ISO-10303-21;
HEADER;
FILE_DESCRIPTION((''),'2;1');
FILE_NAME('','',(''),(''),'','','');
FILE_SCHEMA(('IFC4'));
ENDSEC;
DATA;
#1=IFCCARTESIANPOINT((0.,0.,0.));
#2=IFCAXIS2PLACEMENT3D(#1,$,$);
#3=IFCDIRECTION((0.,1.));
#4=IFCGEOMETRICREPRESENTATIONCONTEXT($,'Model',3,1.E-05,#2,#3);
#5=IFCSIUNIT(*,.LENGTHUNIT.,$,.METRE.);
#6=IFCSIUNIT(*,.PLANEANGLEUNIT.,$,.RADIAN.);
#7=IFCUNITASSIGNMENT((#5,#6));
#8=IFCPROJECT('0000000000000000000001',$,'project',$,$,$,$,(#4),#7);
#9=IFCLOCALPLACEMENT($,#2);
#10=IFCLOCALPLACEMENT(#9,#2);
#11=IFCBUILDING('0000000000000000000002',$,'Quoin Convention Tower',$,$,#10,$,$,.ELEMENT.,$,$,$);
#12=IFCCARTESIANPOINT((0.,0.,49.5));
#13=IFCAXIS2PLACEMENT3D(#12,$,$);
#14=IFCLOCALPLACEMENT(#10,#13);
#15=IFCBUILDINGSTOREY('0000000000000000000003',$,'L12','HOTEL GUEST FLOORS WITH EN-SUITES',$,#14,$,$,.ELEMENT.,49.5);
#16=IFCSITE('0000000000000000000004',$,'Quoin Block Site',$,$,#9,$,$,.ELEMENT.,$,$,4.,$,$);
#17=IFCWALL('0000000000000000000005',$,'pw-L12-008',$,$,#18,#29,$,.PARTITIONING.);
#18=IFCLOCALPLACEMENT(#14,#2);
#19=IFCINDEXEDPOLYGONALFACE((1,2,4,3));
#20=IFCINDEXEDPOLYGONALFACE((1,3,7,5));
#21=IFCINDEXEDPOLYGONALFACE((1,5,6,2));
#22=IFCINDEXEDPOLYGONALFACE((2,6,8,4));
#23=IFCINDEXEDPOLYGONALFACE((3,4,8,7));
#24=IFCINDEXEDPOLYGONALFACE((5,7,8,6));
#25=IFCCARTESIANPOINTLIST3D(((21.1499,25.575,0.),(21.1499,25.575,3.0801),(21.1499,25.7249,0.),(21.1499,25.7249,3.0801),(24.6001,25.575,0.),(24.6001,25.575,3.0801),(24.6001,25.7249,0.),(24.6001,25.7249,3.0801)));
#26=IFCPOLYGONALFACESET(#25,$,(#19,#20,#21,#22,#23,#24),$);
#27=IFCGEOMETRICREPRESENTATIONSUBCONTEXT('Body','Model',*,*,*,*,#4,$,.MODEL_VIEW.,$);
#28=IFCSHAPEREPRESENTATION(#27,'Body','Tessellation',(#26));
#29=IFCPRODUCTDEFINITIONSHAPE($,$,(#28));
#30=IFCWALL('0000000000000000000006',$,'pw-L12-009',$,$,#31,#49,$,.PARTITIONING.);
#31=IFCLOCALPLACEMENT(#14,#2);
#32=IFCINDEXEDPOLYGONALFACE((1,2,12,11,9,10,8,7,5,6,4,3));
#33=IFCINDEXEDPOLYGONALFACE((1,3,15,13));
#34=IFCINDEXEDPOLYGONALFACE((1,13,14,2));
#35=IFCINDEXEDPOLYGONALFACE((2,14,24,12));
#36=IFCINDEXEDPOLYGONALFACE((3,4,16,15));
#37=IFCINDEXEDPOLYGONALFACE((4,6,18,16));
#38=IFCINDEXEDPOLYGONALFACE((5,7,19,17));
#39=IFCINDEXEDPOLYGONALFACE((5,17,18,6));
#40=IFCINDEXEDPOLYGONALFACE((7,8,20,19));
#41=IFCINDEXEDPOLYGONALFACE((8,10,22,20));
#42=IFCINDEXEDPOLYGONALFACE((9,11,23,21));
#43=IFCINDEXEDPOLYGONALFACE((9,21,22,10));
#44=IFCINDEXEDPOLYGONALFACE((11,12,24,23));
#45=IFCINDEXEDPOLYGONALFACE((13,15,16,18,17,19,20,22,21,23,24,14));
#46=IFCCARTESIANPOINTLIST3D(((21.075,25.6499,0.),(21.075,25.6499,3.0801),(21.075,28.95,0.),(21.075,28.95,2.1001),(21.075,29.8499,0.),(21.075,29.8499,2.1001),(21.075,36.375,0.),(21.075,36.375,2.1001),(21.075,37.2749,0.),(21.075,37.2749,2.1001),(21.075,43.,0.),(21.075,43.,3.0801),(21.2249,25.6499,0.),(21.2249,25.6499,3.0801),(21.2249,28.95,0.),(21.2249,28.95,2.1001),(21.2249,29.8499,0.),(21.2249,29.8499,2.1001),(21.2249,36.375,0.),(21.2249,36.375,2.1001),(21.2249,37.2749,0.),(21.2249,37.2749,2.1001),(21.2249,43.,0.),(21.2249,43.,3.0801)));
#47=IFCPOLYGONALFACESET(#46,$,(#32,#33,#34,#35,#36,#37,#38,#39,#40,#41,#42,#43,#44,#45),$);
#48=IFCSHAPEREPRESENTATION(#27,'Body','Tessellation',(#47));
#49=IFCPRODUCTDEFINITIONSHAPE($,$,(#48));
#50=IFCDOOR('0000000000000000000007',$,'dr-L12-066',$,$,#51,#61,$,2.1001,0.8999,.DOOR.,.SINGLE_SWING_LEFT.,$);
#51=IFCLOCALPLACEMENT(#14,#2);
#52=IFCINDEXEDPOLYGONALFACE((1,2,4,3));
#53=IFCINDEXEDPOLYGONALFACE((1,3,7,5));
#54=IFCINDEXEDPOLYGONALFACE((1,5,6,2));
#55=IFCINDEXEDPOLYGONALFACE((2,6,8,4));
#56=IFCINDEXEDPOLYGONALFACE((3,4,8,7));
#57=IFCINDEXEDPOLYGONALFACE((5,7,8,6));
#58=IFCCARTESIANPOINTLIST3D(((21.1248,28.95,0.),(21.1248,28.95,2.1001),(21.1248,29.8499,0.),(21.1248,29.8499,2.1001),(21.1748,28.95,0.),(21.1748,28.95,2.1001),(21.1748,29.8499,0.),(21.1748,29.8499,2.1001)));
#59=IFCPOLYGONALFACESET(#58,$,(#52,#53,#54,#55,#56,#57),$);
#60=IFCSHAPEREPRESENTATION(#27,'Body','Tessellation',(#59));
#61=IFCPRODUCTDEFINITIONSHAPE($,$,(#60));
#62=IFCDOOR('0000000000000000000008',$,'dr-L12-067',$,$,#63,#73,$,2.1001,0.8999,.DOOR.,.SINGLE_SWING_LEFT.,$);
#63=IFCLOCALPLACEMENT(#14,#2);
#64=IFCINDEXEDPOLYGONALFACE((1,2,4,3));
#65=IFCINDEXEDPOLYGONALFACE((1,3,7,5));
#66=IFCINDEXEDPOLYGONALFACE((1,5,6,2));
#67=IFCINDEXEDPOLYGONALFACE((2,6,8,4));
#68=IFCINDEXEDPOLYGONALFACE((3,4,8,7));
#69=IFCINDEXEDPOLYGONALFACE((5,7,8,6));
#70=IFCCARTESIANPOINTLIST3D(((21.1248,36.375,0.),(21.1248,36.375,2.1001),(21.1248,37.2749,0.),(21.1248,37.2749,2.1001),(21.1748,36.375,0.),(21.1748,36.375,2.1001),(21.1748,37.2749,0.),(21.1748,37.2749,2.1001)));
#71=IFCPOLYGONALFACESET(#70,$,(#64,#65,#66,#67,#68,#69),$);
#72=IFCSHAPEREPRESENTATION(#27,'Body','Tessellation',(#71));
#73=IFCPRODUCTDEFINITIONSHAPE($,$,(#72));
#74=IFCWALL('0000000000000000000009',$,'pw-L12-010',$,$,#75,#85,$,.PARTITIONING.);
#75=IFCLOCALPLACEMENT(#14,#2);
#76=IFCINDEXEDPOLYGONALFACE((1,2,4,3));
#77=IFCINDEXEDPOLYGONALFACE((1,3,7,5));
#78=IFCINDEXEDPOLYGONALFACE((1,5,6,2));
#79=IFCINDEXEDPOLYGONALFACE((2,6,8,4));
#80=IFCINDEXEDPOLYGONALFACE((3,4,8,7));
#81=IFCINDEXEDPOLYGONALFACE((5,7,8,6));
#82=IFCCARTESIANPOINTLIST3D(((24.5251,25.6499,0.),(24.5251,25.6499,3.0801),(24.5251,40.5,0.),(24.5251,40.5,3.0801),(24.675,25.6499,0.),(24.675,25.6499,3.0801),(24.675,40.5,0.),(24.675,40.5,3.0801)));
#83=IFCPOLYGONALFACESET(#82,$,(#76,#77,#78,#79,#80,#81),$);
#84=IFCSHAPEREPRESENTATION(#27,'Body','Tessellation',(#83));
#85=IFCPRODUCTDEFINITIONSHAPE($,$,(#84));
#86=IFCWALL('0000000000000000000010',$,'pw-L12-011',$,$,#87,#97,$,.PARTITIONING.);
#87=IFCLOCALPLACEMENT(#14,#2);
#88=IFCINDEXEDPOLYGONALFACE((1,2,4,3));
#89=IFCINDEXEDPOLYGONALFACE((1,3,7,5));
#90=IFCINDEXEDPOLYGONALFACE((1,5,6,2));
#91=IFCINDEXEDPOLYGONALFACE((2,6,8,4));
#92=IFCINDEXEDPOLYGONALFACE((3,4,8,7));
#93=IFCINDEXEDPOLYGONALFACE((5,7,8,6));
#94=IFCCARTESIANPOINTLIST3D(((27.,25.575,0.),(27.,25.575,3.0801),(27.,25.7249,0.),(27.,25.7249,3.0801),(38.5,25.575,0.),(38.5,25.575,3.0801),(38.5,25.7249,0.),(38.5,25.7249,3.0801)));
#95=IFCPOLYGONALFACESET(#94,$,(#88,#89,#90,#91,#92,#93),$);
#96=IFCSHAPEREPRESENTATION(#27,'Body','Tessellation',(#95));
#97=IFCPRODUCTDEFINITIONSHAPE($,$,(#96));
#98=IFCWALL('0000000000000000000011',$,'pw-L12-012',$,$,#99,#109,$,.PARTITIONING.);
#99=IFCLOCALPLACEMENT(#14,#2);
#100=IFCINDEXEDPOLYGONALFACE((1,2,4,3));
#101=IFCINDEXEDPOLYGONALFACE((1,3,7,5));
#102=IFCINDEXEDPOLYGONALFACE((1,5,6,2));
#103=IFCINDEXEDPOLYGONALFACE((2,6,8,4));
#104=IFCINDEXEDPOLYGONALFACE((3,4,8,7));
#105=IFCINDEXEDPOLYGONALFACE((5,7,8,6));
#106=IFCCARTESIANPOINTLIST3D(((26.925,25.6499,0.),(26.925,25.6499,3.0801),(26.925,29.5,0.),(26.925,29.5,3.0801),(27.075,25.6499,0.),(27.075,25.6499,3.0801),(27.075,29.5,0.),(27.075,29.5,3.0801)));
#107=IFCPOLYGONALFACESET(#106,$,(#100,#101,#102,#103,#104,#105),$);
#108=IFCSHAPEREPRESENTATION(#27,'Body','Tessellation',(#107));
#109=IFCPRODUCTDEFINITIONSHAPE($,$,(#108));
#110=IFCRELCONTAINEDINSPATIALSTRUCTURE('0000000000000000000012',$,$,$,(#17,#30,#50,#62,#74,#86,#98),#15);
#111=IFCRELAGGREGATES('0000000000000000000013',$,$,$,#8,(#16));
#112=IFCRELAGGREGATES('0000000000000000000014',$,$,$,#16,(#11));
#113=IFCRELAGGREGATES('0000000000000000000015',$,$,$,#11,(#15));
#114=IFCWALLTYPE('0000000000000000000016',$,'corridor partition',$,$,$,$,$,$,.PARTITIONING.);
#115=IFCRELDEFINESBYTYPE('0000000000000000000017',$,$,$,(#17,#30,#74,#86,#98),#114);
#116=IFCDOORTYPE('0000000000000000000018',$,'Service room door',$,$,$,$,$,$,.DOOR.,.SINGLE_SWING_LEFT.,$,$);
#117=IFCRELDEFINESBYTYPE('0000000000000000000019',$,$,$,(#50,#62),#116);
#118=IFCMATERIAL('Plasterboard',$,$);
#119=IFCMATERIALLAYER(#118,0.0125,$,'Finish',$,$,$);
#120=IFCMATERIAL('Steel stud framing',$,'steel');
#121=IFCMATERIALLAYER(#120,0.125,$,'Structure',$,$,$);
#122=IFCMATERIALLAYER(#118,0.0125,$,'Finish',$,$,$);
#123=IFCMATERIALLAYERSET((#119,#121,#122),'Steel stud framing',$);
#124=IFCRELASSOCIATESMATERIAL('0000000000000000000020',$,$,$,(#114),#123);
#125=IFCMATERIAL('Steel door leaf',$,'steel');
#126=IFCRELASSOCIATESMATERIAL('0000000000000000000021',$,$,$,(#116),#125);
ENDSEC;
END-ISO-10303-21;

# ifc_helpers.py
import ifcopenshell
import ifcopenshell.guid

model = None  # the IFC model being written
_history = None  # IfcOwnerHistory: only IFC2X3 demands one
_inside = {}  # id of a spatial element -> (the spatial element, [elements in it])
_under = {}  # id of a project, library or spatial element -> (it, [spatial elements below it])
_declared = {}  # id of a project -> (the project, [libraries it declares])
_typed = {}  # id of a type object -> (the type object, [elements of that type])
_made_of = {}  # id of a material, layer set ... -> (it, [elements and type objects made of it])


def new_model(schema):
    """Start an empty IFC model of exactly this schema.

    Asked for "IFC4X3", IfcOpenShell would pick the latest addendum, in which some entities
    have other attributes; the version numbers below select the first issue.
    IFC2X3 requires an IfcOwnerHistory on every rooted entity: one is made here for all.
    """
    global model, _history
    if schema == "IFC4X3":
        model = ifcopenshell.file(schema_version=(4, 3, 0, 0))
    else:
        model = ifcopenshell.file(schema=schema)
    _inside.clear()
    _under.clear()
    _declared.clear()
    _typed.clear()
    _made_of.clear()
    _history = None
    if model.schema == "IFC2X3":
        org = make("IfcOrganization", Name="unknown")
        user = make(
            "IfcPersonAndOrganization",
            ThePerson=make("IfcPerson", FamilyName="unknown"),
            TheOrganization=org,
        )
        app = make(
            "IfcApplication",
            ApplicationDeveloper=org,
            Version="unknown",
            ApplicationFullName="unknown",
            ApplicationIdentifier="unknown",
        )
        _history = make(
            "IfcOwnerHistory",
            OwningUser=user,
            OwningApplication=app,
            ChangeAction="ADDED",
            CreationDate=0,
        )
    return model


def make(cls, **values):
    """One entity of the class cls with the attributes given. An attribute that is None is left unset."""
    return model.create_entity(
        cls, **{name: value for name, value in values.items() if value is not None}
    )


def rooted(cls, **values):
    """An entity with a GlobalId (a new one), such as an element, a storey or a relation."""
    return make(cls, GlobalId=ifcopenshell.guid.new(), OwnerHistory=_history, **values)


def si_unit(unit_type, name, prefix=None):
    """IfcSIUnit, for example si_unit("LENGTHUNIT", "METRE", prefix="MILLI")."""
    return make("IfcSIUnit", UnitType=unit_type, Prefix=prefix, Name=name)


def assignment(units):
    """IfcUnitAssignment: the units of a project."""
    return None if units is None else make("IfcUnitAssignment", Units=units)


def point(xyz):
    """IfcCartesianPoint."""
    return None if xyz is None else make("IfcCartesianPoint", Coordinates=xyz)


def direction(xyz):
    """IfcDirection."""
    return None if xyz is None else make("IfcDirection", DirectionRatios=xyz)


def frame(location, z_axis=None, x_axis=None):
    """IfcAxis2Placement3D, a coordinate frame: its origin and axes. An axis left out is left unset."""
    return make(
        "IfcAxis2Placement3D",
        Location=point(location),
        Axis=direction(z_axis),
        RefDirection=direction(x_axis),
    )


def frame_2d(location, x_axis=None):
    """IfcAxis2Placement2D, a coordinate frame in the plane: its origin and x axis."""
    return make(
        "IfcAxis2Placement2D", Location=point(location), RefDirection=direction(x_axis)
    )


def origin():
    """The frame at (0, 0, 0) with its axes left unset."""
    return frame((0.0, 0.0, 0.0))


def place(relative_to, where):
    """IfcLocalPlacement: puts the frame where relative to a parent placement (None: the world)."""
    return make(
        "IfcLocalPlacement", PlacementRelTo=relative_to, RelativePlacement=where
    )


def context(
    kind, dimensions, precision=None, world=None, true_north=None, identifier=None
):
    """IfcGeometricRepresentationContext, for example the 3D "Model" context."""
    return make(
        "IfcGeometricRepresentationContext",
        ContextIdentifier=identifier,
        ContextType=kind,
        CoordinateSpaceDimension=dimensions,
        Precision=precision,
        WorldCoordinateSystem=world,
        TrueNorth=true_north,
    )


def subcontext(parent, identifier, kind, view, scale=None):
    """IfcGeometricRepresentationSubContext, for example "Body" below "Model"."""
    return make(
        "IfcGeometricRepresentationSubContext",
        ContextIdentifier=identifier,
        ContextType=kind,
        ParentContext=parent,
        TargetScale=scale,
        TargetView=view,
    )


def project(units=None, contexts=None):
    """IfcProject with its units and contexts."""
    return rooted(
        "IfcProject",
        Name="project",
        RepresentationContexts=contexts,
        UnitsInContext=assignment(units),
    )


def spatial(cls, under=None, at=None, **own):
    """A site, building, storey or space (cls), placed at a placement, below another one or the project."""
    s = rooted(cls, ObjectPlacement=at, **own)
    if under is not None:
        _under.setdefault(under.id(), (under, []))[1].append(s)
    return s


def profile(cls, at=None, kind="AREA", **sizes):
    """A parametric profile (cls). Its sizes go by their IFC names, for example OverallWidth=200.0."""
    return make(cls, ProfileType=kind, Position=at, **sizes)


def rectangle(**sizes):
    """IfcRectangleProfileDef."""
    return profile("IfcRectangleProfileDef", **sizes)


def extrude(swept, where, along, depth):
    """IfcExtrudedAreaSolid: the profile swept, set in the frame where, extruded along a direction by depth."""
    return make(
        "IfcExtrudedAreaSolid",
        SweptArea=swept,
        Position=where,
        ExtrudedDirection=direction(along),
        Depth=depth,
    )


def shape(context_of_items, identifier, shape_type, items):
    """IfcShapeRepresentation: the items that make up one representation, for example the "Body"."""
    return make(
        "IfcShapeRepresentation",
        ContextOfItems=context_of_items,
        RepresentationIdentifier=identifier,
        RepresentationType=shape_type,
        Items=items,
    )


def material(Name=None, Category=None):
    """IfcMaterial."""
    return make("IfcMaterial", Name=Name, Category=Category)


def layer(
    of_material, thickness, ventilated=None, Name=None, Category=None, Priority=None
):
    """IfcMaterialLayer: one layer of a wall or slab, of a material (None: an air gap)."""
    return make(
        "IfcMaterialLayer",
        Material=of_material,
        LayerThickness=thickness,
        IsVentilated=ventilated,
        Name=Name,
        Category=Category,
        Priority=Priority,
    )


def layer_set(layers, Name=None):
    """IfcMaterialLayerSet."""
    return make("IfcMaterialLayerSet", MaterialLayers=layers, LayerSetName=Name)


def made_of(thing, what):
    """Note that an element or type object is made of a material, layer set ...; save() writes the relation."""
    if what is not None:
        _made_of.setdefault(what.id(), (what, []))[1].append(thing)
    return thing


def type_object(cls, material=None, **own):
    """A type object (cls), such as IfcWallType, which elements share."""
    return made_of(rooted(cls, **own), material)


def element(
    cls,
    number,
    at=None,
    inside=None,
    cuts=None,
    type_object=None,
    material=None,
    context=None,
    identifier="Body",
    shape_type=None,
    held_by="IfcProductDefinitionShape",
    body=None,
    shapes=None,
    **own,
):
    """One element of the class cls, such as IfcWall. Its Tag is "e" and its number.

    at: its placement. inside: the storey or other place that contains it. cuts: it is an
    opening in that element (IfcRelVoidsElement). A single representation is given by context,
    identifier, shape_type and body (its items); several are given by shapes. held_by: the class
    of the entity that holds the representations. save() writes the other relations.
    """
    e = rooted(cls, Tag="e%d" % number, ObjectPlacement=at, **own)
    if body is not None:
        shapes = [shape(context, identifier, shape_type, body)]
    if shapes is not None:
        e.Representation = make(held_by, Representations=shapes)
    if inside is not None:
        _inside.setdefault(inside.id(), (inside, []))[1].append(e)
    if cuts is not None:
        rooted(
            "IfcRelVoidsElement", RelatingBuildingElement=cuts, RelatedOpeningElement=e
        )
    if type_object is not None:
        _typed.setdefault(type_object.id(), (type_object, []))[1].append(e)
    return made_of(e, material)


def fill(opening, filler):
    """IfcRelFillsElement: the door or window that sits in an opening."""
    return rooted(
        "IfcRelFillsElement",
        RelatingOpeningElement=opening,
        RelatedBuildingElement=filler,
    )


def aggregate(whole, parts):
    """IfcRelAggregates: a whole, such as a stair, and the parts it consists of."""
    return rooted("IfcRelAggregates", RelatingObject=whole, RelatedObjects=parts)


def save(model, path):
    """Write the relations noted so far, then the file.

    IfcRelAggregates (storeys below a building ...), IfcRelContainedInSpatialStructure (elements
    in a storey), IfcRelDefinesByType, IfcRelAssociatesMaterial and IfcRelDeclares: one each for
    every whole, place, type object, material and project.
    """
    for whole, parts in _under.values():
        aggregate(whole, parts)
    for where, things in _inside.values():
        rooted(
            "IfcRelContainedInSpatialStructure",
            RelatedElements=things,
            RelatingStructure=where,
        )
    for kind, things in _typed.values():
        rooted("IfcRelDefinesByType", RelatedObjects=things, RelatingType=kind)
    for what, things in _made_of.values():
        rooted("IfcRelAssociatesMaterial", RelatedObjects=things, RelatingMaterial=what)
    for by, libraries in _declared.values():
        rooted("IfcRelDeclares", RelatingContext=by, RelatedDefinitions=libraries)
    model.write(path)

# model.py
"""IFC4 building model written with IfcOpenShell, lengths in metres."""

from ifc_helpers import new_model, si_unit, direction, frame, frame_2d, origin, place, context, subcontext, project, spatial, rectangle, extrude, material, layer, layer_set, type_object, element, fill, save


model = new_model("IFC4")

# Units and contexts
model_context = context("Model", 3, precision=1e-05, world=origin(), true_north=direction((0.0, 1.0)))
body_context = subcontext(model_context, "Body", "Model", "MODEL_VIEW")
ifc_project = project(units=[si_unit("LENGTHUNIT", "METRE"), si_unit("PLANEANGLEUNIT", "RADIAN")], contexts=[model_context])

# Site, building, storey
site_placement = place(None, origin())
site = spatial("IfcSite", under=ifc_project, at=site_placement, Name="Quoin Block Site", CompositionType="ELEMENT", RefElevation=4.0)
building_placement = place(site_placement, origin())
building = spatial("IfcBuilding", under=site, at=building_placement, Name="Quoin Convention Tower", CompositionType="ELEMENT")
storey_placement = place(building_placement, frame((0.0, 0.0, 49.5)))
storey = spatial("IfcBuildingStorey", under=building, at=storey_placement, Name="L12", Description="HOTEL GUEST FLOORS WITH EN-SUITES", CompositionType="ELEMENT", Elevation=49.5)

# Shared definitions
ifc_material_1 = material(Name="Steel door leaf", Category="steel")

# Wall
ifc_material_2 = material(Name="Plasterboard")
ifc_layer_1 = layer(ifc_material_2, 0.0125, Name="Finish")
ifc_material_3 = material(Name="Steel stud framing", Category="steel")
ifc_layer_2 = layer(ifc_material_3, 0.125, Name="Structure")
ifc_layer_3 = layer(ifc_material_2, 0.0125, Name="Finish")
ifc_layer_set_1 = layer_set([ifc_layer_1, ifc_layer_2, ifc_layer_3], Name="Steel stud framing")
wall_type_1 = type_object("IfcWallType", Name="corridor partition", PredefinedType="PARTITIONING", material=ifc_layer_set_1)
wall_1_placement = place(storey_placement, frame((21.1499, 25.6499, 0.0), z_axis=(0.0, 0.0, 1.0), x_axis=(1.0, 0.0, 0.0)))
element("IfcWall", 1, at=wall_1_placement, inside=storey, type_object=wall_type_1, Name="pw-L12-008", PredefinedType="PARTITIONING", context=body_context, shape_type="SweptSolid", body=[
    extrude(rectangle(XDim=3.4502, YDim=0.1499, at=frame_2d((1.7251, 0.0))), origin(), (0.0, 0.0, 1.0), 3.0801),
])

# Wall, openings, doors
wall_2_placement = place(storey_placement, frame((21.1499, 25.6499, 0.0), z_axis=(0.0, 0.0, 1.0), x_axis=(0.0, 1.0, 0.0)))
wall_2 = element("IfcWall", 2, at=wall_2_placement, inside=storey, type_object=wall_type_1, Name="pw-L12-009", PredefinedType="PARTITIONING", context=body_context, shape_type="SweptSolid", body=[
    extrude(rectangle(XDim=17.3501, YDim=0.1499, at=frame_2d((8.675, 0.0))), origin(), (0.0, 0.0, 1.0), 3.0801),
])
opening_1_placement = place(wall_2_placement, frame((3.3, 0.0, 0.0)))
opening_1 = element("IfcOpeningElement", 3, at=opening_1_placement, cuts=wall_2, PredefinedType="OPENING", context=body_context, shape_type="SweptSolid", body=[
    extrude(rectangle(XDim=0.8999, YDim=2.1001, at=frame_2d((0.45, 1.05))), frame((0.0, 0.085, 0.0), z_axis=(0.0, -1.0, 0.0), x_axis=(1.0, 0.0, 0.0)), (0.0, 0.0, 1.0), 0.1699),
])
opening_2_placement = place(wall_2_placement, frame((10.7251, 0.0, 0.0)))
opening_2 = element("IfcOpeningElement", 4, at=opening_2_placement, cuts=wall_2, PredefinedType="OPENING", context=body_context, shape_type="SweptSolid", body=[
    extrude(rectangle(XDim=0.8999, YDim=2.1001, at=frame_2d((0.45, 1.05))), frame((0.0, 0.085, 0.0), z_axis=(0.0, -1.0, 0.0), x_axis=(1.0, 0.0, 0.0)), (0.0, 0.0, 1.0), 0.1699),
])
door_type_1 = type_object("IfcDoorType", Name="Service room door", OperationType="SINGLE_SWING_LEFT", PredefinedType="DOOR", material=ifc_material_1)
door_1_placement = place(opening_1_placement, frame((0.8999, 0.0, 0.0), z_axis=(0.0, 0.0, 1.0), x_axis=(-1.0, 0.0, 0.0)))
door_1 = element("IfcDoor", 5, at=door_1_placement, inside=storey, type_object=door_type_1, Name="dr-L12-066", OperationType="SINGLE_SWING_LEFT", OverallHeight=2.1001, OverallWidth=0.8999, PredefinedType="DOOR", context=body_context, shape_type="SweptSolid", body=[
    extrude(rectangle(XDim=0.8999, YDim=2.1001, at=frame_2d((0.45, 1.05))), frame((0.0, 0.0249, 0.0), z_axis=(0.0, -1.0, 0.0), x_axis=(1.0, 0.0, 0.0)), (0.0, 0.0, 1.0), 0.05),
])
fill(opening_1, door_1)
door_2_placement = place(opening_2_placement, frame((0.8999, 0.0, 0.0), z_axis=(0.0, 0.0, 1.0), x_axis=(-1.0, 0.0, 0.0)))
door_2 = element("IfcDoor", 6, at=door_2_placement, inside=storey, type_object=door_type_1, Name="dr-L12-067", OperationType="SINGLE_SWING_LEFT", OverallHeight=2.1001, OverallWidth=0.8999, PredefinedType="DOOR", context=body_context, shape_type="SweptSolid", body=[
    extrude(rectangle(XDim=0.8999, YDim=2.1001, at=frame_2d((0.45, 1.05))), frame((0.0, 0.0249, 0.0), z_axis=(0.0, -1.0, 0.0), x_axis=(1.0, 0.0, 0.0)), (0.0, 0.0, 1.0), 0.05),
])
fill(opening_2, door_2)

# Walls
wall_3_placement = place(storey_placement, frame((24.6001, 25.6499, 0.0), z_axis=(0.0, 0.0, 1.0), x_axis=(0.0, 1.0, 0.0)))
element("IfcWall", 7, at=wall_3_placement, inside=storey, type_object=wall_type_1, Name="pw-L12-010", PredefinedType="PARTITIONING", context=body_context, shape_type="SweptSolid", body=[
    extrude(rectangle(XDim=14.8501, YDim=0.1499, at=frame_2d((7.425, 0.0))), origin(), (0.0, 0.0, 1.0), 3.0801),
])
wall_4_placement = place(storey_placement, frame((27.0, 25.6499, 0.0), z_axis=(0.0, 0.0, 1.0), x_axis=(1.0, 0.0, 0.0)))
element("IfcWall", 8, at=wall_4_placement, inside=storey, type_object=wall_type_1, Name="pw-L12-011", PredefinedType="PARTITIONING", context=body_context, shape_type="SweptSolid", body=[
    extrude(rectangle(XDim=11.5, YDim=0.1499, at=frame_2d((5.75, 0.0))), origin(), (0.0, 0.0, 1.0), 3.0801),
])
wall_5_placement = place(storey_placement, frame((27.0, 25.6499, 0.0), z_axis=(0.0, 0.0, 1.0), x_axis=(0.0, 1.0, 0.0)))
element("IfcWall", 9, at=wall_5_placement, inside=storey, type_object=wall_type_1, Name="pw-L12-012", PredefinedType="PARTITIONING", context=body_context, shape_type="SweptSolid", body=[
    extrude(rectangle(XDim=3.8501, YDim=0.1499, at=frame_2d((1.925, 0.0))), origin(), (0.0, 0.0, 1.0), 3.0801),
])

save(model, "model.ifc")
